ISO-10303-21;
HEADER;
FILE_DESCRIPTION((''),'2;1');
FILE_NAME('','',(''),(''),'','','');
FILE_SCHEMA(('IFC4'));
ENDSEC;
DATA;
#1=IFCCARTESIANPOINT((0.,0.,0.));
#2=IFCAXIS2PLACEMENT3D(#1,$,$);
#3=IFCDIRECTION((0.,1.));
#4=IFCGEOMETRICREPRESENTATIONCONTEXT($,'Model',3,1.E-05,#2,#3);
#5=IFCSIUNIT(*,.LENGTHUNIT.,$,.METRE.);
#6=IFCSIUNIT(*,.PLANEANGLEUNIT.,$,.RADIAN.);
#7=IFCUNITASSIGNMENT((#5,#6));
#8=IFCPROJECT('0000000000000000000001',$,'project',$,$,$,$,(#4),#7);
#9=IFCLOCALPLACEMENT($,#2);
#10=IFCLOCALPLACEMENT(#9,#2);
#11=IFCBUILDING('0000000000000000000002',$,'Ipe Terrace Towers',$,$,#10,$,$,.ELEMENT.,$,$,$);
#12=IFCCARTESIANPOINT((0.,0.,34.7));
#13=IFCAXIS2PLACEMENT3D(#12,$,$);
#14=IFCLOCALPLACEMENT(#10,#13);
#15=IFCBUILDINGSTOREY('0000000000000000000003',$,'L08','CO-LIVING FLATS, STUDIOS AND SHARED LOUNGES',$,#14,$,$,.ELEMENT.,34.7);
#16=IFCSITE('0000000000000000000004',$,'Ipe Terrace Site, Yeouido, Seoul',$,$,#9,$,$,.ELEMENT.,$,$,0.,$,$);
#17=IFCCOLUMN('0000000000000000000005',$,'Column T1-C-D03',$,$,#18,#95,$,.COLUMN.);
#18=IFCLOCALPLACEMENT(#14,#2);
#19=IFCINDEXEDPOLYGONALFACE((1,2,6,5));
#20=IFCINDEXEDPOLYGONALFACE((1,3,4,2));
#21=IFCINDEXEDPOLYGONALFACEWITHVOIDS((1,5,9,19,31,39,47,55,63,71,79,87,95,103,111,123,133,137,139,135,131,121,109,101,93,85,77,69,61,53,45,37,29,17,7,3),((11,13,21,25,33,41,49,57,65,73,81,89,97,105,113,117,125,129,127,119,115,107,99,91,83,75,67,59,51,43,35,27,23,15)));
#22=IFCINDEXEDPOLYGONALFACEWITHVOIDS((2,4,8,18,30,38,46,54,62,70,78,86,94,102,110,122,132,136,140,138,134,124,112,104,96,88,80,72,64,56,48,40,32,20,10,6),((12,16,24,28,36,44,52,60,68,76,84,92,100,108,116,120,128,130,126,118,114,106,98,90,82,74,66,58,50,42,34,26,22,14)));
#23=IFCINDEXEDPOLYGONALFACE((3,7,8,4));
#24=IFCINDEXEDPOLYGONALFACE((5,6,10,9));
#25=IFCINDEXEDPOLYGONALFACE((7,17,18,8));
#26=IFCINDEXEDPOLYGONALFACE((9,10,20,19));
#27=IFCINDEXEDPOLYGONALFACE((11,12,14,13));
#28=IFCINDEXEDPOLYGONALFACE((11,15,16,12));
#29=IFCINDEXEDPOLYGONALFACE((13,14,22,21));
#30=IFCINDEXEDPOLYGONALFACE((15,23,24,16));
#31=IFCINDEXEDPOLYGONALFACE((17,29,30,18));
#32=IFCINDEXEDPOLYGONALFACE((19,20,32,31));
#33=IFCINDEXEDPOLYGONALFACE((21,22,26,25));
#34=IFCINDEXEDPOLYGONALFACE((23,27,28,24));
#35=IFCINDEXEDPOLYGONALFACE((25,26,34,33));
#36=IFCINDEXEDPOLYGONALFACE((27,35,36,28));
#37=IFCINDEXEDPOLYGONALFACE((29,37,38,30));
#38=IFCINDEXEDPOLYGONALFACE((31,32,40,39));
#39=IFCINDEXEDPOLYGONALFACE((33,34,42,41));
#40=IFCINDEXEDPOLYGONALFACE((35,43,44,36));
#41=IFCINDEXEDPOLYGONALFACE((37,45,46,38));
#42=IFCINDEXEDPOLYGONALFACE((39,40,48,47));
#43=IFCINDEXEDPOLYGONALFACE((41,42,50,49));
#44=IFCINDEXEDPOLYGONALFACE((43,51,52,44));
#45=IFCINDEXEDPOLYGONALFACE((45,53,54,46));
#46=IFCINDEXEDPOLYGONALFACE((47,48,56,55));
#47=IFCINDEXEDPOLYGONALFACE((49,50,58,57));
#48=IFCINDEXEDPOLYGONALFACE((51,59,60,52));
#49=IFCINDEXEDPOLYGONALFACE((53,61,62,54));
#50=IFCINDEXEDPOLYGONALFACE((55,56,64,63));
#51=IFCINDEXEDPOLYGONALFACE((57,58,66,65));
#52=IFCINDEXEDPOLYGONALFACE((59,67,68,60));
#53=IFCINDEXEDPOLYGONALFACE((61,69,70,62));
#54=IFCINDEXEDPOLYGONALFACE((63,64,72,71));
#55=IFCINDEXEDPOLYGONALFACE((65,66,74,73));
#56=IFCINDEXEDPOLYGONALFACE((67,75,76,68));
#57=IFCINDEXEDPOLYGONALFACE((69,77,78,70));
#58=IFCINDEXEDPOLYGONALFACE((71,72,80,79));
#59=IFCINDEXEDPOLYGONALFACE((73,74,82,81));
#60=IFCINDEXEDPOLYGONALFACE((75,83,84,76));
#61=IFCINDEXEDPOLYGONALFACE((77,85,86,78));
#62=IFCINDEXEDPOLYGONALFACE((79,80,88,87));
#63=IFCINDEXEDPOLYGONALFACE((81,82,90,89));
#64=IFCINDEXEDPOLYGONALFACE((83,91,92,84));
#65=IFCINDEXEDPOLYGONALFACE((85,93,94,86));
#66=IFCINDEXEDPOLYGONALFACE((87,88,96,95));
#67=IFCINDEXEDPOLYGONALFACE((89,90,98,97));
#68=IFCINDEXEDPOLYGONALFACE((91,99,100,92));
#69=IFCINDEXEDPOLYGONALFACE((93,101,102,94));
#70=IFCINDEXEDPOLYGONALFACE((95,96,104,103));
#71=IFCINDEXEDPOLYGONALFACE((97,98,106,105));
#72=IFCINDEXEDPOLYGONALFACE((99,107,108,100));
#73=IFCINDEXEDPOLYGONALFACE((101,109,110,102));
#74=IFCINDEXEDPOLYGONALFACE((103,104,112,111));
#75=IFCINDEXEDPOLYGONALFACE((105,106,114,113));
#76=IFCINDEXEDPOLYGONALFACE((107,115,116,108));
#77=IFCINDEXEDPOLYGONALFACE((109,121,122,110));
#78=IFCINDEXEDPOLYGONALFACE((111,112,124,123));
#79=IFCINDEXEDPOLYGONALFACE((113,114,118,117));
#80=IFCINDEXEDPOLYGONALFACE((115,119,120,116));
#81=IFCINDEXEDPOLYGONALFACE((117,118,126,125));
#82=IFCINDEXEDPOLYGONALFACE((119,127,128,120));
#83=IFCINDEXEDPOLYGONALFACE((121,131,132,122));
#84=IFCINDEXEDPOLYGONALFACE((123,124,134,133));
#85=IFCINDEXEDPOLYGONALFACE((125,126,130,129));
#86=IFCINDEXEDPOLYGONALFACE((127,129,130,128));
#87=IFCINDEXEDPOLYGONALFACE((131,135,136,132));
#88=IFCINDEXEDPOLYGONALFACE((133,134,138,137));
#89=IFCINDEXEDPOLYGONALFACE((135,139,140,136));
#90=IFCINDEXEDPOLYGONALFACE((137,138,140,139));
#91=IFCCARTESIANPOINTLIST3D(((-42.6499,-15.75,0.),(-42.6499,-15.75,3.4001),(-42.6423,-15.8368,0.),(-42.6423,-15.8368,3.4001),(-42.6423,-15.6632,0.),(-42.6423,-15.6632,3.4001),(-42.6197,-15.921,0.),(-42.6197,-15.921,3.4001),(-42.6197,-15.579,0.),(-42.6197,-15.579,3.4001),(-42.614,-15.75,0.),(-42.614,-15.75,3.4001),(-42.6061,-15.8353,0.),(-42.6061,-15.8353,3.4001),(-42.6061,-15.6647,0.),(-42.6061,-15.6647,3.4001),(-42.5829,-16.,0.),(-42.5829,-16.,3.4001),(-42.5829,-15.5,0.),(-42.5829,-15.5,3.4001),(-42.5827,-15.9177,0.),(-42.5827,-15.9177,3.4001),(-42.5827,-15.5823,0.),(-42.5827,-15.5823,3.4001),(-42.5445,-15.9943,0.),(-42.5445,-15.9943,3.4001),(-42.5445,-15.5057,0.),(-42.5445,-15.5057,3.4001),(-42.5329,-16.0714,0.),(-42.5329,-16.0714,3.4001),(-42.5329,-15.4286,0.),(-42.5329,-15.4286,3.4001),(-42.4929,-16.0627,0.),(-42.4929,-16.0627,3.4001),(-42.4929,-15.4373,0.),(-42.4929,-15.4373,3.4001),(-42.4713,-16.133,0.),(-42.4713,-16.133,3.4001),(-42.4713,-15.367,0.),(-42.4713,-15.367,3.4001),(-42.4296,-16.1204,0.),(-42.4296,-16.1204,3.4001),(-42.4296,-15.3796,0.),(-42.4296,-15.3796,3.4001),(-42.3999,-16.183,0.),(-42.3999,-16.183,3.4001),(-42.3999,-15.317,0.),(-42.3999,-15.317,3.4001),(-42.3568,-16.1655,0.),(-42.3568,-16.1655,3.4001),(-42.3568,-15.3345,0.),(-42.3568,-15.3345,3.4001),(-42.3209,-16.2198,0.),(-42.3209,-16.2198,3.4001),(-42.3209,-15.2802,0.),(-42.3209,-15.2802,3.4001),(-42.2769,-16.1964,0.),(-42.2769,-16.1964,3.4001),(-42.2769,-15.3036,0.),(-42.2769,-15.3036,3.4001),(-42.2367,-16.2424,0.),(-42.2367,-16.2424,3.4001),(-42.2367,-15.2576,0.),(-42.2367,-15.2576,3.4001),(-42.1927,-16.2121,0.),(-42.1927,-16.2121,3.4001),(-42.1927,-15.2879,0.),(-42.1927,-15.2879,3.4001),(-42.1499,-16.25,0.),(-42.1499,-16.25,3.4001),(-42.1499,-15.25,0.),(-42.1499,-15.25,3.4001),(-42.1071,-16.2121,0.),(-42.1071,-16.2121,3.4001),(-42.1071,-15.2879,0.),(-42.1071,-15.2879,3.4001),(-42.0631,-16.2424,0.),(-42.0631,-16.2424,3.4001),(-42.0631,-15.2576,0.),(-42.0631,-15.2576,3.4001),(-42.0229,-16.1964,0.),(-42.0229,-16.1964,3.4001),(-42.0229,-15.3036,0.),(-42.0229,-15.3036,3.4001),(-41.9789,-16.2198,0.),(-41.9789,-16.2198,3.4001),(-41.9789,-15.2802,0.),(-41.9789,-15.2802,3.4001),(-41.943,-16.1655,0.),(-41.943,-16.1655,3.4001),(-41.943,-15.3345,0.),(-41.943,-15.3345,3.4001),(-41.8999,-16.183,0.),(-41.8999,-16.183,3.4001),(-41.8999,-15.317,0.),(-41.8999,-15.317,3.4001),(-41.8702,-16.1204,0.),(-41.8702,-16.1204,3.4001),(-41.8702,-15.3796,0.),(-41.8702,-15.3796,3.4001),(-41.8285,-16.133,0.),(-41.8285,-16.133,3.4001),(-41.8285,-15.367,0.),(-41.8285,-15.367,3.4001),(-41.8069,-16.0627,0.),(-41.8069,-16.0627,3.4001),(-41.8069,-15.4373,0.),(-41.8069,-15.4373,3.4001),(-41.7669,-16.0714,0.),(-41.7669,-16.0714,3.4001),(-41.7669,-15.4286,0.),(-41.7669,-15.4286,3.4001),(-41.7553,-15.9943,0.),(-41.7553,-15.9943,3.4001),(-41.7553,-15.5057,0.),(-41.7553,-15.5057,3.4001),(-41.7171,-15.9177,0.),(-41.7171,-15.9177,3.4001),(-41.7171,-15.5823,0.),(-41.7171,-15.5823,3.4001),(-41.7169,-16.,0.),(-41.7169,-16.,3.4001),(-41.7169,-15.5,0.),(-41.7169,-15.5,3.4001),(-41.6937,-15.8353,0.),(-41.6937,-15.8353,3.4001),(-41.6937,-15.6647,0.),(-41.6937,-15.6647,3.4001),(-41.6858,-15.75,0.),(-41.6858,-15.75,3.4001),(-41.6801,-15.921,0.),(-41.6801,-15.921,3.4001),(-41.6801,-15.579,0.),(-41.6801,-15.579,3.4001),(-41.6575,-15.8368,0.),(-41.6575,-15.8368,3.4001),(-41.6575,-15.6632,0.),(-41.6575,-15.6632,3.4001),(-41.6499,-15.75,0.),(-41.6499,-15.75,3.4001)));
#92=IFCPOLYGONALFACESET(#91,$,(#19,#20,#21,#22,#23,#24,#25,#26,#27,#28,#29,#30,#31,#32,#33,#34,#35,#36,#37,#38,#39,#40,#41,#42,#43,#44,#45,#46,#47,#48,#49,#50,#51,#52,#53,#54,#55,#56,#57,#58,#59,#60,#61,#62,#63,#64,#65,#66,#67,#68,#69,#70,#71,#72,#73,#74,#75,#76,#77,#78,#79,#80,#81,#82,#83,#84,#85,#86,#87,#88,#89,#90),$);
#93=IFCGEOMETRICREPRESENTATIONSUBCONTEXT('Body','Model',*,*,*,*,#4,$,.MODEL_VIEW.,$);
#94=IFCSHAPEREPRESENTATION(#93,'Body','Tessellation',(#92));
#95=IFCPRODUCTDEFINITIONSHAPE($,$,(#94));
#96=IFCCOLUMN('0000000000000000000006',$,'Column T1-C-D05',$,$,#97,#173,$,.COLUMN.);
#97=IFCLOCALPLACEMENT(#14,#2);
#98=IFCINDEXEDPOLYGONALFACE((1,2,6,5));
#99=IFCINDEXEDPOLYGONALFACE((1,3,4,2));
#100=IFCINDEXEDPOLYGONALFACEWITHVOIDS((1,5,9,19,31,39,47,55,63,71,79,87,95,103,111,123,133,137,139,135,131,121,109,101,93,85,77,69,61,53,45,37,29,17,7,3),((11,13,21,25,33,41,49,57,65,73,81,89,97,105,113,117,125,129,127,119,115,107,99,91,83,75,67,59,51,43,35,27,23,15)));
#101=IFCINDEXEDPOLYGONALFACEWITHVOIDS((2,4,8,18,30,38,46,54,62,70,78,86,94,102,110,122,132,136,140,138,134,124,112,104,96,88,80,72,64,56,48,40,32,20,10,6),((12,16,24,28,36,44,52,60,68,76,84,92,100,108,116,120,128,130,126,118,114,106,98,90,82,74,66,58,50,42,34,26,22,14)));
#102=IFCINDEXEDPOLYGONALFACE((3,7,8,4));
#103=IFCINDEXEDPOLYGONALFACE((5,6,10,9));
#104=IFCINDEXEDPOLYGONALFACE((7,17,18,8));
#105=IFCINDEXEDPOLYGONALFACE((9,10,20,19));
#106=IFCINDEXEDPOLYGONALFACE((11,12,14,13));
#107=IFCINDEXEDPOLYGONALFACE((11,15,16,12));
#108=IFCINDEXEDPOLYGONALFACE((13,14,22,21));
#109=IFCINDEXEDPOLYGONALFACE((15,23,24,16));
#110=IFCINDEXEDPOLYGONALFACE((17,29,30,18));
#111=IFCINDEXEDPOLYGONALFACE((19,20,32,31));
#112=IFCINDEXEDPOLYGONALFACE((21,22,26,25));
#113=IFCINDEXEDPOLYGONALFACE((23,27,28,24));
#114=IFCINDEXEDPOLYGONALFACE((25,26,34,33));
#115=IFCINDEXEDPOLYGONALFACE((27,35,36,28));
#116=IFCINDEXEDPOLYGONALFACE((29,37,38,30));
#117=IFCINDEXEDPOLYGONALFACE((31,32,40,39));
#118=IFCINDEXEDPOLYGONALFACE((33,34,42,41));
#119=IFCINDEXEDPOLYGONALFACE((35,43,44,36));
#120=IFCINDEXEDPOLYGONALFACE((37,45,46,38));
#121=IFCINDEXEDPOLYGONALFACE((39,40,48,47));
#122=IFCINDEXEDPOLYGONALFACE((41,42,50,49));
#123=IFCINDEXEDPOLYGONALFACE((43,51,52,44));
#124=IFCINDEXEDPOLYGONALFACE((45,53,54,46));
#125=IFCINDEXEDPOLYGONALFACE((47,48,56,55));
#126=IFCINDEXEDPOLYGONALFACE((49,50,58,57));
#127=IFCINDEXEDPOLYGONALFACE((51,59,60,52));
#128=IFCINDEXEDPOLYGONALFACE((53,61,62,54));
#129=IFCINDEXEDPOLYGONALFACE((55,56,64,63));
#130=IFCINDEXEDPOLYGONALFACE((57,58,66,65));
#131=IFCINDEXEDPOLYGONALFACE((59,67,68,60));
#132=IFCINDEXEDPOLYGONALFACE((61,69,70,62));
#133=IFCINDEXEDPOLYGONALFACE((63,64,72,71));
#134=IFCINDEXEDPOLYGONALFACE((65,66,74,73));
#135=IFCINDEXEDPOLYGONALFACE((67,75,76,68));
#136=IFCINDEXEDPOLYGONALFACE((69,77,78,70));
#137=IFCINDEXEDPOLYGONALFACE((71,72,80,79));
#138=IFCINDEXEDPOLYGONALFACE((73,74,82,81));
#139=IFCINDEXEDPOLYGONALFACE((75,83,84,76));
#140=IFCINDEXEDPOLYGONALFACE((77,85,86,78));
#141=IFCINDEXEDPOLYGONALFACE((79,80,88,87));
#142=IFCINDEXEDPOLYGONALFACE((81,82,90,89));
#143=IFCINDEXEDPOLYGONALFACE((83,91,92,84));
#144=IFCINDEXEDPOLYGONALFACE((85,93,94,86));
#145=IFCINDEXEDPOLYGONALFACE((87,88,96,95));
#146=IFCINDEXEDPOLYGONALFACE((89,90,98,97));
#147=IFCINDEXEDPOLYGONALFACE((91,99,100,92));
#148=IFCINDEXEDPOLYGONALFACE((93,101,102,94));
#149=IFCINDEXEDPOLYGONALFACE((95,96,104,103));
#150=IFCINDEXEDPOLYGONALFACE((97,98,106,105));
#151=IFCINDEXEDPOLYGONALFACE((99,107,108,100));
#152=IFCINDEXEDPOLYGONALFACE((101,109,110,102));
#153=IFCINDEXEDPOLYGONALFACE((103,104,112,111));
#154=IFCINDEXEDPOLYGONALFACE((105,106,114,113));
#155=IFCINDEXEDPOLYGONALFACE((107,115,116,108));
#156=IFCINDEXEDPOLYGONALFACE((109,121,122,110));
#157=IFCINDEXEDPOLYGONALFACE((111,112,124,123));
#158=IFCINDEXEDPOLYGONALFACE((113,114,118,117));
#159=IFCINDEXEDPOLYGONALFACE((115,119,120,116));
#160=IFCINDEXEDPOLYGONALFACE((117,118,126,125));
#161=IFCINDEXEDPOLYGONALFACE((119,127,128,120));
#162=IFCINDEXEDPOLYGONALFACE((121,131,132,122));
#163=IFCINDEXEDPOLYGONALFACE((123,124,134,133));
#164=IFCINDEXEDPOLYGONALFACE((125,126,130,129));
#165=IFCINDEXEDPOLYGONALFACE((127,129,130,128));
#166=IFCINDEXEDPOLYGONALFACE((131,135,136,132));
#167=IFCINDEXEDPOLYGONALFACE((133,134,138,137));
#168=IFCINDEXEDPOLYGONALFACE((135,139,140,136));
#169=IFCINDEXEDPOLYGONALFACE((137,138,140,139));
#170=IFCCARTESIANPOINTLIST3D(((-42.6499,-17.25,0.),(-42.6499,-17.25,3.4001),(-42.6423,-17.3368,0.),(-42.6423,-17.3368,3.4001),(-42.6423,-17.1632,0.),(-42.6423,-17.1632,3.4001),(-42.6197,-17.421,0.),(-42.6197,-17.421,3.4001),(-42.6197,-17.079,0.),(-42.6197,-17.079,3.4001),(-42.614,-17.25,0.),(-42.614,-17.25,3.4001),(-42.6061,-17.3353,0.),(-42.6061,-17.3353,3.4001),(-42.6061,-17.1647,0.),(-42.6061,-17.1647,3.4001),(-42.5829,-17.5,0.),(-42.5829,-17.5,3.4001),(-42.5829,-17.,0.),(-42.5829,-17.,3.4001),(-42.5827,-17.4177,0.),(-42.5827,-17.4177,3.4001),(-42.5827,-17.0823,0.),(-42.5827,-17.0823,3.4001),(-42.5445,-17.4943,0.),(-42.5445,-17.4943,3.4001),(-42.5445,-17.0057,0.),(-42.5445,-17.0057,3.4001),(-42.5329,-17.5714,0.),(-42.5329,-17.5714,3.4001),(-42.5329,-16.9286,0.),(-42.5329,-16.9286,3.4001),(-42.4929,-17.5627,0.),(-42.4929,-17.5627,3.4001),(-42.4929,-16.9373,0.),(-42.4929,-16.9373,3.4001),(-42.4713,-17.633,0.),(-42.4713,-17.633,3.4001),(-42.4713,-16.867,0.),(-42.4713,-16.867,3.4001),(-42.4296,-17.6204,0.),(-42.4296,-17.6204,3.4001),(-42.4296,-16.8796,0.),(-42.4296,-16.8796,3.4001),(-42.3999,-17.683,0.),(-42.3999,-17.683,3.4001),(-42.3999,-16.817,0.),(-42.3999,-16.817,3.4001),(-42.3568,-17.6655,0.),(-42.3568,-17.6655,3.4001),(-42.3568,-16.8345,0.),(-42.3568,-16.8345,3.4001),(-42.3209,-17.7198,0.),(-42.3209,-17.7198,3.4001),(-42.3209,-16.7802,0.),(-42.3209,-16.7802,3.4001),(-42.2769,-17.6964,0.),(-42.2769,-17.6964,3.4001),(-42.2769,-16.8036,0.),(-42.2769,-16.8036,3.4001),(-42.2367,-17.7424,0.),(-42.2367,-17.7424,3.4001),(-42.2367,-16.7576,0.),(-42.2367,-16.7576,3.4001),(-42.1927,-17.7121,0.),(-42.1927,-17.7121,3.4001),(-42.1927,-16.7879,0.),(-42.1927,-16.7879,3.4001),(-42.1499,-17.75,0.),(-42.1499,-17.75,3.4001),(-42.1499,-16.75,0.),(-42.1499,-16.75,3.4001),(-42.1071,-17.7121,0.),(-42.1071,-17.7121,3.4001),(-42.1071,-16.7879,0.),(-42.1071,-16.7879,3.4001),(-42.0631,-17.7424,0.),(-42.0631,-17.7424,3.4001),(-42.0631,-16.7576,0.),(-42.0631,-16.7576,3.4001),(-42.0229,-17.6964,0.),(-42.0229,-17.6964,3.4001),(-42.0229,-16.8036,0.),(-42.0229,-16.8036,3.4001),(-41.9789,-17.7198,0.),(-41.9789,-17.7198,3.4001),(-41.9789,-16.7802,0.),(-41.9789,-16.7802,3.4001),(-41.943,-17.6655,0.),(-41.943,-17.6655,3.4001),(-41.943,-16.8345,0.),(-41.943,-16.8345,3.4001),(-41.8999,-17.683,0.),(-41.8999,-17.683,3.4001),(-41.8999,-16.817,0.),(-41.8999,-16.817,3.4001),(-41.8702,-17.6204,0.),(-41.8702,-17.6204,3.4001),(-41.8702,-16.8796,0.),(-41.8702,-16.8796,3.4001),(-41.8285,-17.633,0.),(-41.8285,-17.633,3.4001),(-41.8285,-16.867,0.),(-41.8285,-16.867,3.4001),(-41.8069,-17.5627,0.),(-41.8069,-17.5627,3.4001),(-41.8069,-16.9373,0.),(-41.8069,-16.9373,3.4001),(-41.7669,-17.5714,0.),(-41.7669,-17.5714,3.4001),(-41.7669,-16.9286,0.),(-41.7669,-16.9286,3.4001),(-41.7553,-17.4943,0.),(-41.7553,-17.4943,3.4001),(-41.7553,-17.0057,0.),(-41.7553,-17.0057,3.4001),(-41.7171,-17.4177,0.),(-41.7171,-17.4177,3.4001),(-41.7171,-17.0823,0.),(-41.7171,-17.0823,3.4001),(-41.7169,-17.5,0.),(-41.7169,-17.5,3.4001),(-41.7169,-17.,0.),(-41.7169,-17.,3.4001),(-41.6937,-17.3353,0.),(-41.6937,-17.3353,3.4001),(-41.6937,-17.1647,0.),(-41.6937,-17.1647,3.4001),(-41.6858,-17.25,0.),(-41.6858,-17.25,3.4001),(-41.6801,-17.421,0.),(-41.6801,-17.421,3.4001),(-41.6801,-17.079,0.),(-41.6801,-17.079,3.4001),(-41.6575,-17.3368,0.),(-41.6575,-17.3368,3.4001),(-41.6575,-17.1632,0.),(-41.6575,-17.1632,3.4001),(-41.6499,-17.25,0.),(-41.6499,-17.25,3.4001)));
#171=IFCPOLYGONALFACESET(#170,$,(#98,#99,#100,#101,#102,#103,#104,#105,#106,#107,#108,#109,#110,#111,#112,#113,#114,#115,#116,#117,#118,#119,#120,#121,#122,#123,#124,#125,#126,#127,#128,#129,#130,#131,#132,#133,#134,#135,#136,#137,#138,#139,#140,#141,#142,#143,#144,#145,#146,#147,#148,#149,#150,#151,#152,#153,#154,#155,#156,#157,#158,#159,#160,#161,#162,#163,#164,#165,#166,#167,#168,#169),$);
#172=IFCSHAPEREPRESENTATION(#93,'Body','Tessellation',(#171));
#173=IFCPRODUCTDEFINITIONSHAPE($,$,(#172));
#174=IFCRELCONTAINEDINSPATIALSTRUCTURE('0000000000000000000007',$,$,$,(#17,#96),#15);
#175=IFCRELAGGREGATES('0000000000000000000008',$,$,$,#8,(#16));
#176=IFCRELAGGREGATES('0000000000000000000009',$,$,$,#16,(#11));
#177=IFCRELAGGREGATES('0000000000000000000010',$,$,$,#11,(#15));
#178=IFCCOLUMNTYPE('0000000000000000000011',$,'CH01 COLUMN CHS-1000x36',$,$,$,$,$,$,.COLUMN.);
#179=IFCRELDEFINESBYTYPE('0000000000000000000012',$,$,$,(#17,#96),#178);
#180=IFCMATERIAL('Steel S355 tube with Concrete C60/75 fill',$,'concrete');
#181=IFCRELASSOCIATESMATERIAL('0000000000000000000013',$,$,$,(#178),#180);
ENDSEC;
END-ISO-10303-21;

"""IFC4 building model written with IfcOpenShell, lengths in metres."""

from ifc_helpers import new_model, si_unit, direction, frame, origin, origin_2d, place, context, subcontext, project, spatial, hollow_circle, extrude, material, material_profile, profile_set, type_object, element, save


model = new_model("IFC4")

# Units and contexts
model_context = context("Model", 3, precision=1e-05, world=origin(), true_north=direction((0.0, 1.0)))
body_context = subcontext(model_context, "Body", "Model", "MODEL_VIEW")
ifc_project = project(units=[si_unit("LENGTHUNIT", "METRE"), si_unit("PLANEANGLEUNIT", "RADIAN")], contexts=[model_context])

# Site, building, storey
site_placement = place(None, origin())
site = spatial("IfcSite", under=ifc_project, at=site_placement, Name="Ipe Terrace Site, Yeouido, Seoul", CompositionType="ELEMENT", RefElevation=0.0)
building_placement = place(site_placement, origin())
building = spatial("IfcBuilding", under=site, at=building_placement, Name="Ipe Terrace Towers", CompositionType="ELEMENT")
storey_placement = place(building_placement, frame((0.0, 0.0, 34.7)))
storey = spatial("IfcBuildingStorey", under=building, at=storey_placement, Name="L08", Description="CO-LIVING FLATS, STUDIOS AND SHARED LOUNGES", CompositionType="ELEMENT", Elevation=34.7)

# Columns
ifc_material_1 = material(Name="Steel S355 tube with Concrete C60/75 fill", Category="concrete")
ifc_material_profile_1 = material_profile(ifc_material_1, hollow_circle(Radius=0.5, WallThickness=0.0359, at=origin_2d()), Name="CHS-1000x36")
ifc_profile_set_1 = profile_set([ifc_material_profile_1], Name="Steel S355 tube with Concrete C60/75 fill")
column_type_1 = type_object("IfcColumnType", Name="CH01 COLUMN CHS-1000x36", PredefinedType="COLUMN", material=ifc_profile_set_1)
for number, where, z_axis, x_axis, name in (
    (1, (-42.1499, -15.75, 0.0), (0.0, 0.0, 1.0), (1.0, 0.0, 0.0), "Column T1-C-D03"),
    (2, (-42.1499, -17.25, 0.0), (0.0, 0.0, 1.0), (1.0, 0.0, 0.0), "Column T1-C-D05"),
):
    element("IfcColumn", number, at=place(storey_placement, frame(where, z_axis=z_axis, x_axis=x_axis)), inside=storey, type_object=column_type_1, Name=name, PredefinedType="COLUMN", context=body_context, shape_type="SweptSolid", body=[
        extrude(hollow_circle(Radius=0.5, WallThickness=0.0359, at=origin_2d()), origin(), (0.0, 0.0, 1.0), 3.4001),
    ])

save(model, "model.ifc")
